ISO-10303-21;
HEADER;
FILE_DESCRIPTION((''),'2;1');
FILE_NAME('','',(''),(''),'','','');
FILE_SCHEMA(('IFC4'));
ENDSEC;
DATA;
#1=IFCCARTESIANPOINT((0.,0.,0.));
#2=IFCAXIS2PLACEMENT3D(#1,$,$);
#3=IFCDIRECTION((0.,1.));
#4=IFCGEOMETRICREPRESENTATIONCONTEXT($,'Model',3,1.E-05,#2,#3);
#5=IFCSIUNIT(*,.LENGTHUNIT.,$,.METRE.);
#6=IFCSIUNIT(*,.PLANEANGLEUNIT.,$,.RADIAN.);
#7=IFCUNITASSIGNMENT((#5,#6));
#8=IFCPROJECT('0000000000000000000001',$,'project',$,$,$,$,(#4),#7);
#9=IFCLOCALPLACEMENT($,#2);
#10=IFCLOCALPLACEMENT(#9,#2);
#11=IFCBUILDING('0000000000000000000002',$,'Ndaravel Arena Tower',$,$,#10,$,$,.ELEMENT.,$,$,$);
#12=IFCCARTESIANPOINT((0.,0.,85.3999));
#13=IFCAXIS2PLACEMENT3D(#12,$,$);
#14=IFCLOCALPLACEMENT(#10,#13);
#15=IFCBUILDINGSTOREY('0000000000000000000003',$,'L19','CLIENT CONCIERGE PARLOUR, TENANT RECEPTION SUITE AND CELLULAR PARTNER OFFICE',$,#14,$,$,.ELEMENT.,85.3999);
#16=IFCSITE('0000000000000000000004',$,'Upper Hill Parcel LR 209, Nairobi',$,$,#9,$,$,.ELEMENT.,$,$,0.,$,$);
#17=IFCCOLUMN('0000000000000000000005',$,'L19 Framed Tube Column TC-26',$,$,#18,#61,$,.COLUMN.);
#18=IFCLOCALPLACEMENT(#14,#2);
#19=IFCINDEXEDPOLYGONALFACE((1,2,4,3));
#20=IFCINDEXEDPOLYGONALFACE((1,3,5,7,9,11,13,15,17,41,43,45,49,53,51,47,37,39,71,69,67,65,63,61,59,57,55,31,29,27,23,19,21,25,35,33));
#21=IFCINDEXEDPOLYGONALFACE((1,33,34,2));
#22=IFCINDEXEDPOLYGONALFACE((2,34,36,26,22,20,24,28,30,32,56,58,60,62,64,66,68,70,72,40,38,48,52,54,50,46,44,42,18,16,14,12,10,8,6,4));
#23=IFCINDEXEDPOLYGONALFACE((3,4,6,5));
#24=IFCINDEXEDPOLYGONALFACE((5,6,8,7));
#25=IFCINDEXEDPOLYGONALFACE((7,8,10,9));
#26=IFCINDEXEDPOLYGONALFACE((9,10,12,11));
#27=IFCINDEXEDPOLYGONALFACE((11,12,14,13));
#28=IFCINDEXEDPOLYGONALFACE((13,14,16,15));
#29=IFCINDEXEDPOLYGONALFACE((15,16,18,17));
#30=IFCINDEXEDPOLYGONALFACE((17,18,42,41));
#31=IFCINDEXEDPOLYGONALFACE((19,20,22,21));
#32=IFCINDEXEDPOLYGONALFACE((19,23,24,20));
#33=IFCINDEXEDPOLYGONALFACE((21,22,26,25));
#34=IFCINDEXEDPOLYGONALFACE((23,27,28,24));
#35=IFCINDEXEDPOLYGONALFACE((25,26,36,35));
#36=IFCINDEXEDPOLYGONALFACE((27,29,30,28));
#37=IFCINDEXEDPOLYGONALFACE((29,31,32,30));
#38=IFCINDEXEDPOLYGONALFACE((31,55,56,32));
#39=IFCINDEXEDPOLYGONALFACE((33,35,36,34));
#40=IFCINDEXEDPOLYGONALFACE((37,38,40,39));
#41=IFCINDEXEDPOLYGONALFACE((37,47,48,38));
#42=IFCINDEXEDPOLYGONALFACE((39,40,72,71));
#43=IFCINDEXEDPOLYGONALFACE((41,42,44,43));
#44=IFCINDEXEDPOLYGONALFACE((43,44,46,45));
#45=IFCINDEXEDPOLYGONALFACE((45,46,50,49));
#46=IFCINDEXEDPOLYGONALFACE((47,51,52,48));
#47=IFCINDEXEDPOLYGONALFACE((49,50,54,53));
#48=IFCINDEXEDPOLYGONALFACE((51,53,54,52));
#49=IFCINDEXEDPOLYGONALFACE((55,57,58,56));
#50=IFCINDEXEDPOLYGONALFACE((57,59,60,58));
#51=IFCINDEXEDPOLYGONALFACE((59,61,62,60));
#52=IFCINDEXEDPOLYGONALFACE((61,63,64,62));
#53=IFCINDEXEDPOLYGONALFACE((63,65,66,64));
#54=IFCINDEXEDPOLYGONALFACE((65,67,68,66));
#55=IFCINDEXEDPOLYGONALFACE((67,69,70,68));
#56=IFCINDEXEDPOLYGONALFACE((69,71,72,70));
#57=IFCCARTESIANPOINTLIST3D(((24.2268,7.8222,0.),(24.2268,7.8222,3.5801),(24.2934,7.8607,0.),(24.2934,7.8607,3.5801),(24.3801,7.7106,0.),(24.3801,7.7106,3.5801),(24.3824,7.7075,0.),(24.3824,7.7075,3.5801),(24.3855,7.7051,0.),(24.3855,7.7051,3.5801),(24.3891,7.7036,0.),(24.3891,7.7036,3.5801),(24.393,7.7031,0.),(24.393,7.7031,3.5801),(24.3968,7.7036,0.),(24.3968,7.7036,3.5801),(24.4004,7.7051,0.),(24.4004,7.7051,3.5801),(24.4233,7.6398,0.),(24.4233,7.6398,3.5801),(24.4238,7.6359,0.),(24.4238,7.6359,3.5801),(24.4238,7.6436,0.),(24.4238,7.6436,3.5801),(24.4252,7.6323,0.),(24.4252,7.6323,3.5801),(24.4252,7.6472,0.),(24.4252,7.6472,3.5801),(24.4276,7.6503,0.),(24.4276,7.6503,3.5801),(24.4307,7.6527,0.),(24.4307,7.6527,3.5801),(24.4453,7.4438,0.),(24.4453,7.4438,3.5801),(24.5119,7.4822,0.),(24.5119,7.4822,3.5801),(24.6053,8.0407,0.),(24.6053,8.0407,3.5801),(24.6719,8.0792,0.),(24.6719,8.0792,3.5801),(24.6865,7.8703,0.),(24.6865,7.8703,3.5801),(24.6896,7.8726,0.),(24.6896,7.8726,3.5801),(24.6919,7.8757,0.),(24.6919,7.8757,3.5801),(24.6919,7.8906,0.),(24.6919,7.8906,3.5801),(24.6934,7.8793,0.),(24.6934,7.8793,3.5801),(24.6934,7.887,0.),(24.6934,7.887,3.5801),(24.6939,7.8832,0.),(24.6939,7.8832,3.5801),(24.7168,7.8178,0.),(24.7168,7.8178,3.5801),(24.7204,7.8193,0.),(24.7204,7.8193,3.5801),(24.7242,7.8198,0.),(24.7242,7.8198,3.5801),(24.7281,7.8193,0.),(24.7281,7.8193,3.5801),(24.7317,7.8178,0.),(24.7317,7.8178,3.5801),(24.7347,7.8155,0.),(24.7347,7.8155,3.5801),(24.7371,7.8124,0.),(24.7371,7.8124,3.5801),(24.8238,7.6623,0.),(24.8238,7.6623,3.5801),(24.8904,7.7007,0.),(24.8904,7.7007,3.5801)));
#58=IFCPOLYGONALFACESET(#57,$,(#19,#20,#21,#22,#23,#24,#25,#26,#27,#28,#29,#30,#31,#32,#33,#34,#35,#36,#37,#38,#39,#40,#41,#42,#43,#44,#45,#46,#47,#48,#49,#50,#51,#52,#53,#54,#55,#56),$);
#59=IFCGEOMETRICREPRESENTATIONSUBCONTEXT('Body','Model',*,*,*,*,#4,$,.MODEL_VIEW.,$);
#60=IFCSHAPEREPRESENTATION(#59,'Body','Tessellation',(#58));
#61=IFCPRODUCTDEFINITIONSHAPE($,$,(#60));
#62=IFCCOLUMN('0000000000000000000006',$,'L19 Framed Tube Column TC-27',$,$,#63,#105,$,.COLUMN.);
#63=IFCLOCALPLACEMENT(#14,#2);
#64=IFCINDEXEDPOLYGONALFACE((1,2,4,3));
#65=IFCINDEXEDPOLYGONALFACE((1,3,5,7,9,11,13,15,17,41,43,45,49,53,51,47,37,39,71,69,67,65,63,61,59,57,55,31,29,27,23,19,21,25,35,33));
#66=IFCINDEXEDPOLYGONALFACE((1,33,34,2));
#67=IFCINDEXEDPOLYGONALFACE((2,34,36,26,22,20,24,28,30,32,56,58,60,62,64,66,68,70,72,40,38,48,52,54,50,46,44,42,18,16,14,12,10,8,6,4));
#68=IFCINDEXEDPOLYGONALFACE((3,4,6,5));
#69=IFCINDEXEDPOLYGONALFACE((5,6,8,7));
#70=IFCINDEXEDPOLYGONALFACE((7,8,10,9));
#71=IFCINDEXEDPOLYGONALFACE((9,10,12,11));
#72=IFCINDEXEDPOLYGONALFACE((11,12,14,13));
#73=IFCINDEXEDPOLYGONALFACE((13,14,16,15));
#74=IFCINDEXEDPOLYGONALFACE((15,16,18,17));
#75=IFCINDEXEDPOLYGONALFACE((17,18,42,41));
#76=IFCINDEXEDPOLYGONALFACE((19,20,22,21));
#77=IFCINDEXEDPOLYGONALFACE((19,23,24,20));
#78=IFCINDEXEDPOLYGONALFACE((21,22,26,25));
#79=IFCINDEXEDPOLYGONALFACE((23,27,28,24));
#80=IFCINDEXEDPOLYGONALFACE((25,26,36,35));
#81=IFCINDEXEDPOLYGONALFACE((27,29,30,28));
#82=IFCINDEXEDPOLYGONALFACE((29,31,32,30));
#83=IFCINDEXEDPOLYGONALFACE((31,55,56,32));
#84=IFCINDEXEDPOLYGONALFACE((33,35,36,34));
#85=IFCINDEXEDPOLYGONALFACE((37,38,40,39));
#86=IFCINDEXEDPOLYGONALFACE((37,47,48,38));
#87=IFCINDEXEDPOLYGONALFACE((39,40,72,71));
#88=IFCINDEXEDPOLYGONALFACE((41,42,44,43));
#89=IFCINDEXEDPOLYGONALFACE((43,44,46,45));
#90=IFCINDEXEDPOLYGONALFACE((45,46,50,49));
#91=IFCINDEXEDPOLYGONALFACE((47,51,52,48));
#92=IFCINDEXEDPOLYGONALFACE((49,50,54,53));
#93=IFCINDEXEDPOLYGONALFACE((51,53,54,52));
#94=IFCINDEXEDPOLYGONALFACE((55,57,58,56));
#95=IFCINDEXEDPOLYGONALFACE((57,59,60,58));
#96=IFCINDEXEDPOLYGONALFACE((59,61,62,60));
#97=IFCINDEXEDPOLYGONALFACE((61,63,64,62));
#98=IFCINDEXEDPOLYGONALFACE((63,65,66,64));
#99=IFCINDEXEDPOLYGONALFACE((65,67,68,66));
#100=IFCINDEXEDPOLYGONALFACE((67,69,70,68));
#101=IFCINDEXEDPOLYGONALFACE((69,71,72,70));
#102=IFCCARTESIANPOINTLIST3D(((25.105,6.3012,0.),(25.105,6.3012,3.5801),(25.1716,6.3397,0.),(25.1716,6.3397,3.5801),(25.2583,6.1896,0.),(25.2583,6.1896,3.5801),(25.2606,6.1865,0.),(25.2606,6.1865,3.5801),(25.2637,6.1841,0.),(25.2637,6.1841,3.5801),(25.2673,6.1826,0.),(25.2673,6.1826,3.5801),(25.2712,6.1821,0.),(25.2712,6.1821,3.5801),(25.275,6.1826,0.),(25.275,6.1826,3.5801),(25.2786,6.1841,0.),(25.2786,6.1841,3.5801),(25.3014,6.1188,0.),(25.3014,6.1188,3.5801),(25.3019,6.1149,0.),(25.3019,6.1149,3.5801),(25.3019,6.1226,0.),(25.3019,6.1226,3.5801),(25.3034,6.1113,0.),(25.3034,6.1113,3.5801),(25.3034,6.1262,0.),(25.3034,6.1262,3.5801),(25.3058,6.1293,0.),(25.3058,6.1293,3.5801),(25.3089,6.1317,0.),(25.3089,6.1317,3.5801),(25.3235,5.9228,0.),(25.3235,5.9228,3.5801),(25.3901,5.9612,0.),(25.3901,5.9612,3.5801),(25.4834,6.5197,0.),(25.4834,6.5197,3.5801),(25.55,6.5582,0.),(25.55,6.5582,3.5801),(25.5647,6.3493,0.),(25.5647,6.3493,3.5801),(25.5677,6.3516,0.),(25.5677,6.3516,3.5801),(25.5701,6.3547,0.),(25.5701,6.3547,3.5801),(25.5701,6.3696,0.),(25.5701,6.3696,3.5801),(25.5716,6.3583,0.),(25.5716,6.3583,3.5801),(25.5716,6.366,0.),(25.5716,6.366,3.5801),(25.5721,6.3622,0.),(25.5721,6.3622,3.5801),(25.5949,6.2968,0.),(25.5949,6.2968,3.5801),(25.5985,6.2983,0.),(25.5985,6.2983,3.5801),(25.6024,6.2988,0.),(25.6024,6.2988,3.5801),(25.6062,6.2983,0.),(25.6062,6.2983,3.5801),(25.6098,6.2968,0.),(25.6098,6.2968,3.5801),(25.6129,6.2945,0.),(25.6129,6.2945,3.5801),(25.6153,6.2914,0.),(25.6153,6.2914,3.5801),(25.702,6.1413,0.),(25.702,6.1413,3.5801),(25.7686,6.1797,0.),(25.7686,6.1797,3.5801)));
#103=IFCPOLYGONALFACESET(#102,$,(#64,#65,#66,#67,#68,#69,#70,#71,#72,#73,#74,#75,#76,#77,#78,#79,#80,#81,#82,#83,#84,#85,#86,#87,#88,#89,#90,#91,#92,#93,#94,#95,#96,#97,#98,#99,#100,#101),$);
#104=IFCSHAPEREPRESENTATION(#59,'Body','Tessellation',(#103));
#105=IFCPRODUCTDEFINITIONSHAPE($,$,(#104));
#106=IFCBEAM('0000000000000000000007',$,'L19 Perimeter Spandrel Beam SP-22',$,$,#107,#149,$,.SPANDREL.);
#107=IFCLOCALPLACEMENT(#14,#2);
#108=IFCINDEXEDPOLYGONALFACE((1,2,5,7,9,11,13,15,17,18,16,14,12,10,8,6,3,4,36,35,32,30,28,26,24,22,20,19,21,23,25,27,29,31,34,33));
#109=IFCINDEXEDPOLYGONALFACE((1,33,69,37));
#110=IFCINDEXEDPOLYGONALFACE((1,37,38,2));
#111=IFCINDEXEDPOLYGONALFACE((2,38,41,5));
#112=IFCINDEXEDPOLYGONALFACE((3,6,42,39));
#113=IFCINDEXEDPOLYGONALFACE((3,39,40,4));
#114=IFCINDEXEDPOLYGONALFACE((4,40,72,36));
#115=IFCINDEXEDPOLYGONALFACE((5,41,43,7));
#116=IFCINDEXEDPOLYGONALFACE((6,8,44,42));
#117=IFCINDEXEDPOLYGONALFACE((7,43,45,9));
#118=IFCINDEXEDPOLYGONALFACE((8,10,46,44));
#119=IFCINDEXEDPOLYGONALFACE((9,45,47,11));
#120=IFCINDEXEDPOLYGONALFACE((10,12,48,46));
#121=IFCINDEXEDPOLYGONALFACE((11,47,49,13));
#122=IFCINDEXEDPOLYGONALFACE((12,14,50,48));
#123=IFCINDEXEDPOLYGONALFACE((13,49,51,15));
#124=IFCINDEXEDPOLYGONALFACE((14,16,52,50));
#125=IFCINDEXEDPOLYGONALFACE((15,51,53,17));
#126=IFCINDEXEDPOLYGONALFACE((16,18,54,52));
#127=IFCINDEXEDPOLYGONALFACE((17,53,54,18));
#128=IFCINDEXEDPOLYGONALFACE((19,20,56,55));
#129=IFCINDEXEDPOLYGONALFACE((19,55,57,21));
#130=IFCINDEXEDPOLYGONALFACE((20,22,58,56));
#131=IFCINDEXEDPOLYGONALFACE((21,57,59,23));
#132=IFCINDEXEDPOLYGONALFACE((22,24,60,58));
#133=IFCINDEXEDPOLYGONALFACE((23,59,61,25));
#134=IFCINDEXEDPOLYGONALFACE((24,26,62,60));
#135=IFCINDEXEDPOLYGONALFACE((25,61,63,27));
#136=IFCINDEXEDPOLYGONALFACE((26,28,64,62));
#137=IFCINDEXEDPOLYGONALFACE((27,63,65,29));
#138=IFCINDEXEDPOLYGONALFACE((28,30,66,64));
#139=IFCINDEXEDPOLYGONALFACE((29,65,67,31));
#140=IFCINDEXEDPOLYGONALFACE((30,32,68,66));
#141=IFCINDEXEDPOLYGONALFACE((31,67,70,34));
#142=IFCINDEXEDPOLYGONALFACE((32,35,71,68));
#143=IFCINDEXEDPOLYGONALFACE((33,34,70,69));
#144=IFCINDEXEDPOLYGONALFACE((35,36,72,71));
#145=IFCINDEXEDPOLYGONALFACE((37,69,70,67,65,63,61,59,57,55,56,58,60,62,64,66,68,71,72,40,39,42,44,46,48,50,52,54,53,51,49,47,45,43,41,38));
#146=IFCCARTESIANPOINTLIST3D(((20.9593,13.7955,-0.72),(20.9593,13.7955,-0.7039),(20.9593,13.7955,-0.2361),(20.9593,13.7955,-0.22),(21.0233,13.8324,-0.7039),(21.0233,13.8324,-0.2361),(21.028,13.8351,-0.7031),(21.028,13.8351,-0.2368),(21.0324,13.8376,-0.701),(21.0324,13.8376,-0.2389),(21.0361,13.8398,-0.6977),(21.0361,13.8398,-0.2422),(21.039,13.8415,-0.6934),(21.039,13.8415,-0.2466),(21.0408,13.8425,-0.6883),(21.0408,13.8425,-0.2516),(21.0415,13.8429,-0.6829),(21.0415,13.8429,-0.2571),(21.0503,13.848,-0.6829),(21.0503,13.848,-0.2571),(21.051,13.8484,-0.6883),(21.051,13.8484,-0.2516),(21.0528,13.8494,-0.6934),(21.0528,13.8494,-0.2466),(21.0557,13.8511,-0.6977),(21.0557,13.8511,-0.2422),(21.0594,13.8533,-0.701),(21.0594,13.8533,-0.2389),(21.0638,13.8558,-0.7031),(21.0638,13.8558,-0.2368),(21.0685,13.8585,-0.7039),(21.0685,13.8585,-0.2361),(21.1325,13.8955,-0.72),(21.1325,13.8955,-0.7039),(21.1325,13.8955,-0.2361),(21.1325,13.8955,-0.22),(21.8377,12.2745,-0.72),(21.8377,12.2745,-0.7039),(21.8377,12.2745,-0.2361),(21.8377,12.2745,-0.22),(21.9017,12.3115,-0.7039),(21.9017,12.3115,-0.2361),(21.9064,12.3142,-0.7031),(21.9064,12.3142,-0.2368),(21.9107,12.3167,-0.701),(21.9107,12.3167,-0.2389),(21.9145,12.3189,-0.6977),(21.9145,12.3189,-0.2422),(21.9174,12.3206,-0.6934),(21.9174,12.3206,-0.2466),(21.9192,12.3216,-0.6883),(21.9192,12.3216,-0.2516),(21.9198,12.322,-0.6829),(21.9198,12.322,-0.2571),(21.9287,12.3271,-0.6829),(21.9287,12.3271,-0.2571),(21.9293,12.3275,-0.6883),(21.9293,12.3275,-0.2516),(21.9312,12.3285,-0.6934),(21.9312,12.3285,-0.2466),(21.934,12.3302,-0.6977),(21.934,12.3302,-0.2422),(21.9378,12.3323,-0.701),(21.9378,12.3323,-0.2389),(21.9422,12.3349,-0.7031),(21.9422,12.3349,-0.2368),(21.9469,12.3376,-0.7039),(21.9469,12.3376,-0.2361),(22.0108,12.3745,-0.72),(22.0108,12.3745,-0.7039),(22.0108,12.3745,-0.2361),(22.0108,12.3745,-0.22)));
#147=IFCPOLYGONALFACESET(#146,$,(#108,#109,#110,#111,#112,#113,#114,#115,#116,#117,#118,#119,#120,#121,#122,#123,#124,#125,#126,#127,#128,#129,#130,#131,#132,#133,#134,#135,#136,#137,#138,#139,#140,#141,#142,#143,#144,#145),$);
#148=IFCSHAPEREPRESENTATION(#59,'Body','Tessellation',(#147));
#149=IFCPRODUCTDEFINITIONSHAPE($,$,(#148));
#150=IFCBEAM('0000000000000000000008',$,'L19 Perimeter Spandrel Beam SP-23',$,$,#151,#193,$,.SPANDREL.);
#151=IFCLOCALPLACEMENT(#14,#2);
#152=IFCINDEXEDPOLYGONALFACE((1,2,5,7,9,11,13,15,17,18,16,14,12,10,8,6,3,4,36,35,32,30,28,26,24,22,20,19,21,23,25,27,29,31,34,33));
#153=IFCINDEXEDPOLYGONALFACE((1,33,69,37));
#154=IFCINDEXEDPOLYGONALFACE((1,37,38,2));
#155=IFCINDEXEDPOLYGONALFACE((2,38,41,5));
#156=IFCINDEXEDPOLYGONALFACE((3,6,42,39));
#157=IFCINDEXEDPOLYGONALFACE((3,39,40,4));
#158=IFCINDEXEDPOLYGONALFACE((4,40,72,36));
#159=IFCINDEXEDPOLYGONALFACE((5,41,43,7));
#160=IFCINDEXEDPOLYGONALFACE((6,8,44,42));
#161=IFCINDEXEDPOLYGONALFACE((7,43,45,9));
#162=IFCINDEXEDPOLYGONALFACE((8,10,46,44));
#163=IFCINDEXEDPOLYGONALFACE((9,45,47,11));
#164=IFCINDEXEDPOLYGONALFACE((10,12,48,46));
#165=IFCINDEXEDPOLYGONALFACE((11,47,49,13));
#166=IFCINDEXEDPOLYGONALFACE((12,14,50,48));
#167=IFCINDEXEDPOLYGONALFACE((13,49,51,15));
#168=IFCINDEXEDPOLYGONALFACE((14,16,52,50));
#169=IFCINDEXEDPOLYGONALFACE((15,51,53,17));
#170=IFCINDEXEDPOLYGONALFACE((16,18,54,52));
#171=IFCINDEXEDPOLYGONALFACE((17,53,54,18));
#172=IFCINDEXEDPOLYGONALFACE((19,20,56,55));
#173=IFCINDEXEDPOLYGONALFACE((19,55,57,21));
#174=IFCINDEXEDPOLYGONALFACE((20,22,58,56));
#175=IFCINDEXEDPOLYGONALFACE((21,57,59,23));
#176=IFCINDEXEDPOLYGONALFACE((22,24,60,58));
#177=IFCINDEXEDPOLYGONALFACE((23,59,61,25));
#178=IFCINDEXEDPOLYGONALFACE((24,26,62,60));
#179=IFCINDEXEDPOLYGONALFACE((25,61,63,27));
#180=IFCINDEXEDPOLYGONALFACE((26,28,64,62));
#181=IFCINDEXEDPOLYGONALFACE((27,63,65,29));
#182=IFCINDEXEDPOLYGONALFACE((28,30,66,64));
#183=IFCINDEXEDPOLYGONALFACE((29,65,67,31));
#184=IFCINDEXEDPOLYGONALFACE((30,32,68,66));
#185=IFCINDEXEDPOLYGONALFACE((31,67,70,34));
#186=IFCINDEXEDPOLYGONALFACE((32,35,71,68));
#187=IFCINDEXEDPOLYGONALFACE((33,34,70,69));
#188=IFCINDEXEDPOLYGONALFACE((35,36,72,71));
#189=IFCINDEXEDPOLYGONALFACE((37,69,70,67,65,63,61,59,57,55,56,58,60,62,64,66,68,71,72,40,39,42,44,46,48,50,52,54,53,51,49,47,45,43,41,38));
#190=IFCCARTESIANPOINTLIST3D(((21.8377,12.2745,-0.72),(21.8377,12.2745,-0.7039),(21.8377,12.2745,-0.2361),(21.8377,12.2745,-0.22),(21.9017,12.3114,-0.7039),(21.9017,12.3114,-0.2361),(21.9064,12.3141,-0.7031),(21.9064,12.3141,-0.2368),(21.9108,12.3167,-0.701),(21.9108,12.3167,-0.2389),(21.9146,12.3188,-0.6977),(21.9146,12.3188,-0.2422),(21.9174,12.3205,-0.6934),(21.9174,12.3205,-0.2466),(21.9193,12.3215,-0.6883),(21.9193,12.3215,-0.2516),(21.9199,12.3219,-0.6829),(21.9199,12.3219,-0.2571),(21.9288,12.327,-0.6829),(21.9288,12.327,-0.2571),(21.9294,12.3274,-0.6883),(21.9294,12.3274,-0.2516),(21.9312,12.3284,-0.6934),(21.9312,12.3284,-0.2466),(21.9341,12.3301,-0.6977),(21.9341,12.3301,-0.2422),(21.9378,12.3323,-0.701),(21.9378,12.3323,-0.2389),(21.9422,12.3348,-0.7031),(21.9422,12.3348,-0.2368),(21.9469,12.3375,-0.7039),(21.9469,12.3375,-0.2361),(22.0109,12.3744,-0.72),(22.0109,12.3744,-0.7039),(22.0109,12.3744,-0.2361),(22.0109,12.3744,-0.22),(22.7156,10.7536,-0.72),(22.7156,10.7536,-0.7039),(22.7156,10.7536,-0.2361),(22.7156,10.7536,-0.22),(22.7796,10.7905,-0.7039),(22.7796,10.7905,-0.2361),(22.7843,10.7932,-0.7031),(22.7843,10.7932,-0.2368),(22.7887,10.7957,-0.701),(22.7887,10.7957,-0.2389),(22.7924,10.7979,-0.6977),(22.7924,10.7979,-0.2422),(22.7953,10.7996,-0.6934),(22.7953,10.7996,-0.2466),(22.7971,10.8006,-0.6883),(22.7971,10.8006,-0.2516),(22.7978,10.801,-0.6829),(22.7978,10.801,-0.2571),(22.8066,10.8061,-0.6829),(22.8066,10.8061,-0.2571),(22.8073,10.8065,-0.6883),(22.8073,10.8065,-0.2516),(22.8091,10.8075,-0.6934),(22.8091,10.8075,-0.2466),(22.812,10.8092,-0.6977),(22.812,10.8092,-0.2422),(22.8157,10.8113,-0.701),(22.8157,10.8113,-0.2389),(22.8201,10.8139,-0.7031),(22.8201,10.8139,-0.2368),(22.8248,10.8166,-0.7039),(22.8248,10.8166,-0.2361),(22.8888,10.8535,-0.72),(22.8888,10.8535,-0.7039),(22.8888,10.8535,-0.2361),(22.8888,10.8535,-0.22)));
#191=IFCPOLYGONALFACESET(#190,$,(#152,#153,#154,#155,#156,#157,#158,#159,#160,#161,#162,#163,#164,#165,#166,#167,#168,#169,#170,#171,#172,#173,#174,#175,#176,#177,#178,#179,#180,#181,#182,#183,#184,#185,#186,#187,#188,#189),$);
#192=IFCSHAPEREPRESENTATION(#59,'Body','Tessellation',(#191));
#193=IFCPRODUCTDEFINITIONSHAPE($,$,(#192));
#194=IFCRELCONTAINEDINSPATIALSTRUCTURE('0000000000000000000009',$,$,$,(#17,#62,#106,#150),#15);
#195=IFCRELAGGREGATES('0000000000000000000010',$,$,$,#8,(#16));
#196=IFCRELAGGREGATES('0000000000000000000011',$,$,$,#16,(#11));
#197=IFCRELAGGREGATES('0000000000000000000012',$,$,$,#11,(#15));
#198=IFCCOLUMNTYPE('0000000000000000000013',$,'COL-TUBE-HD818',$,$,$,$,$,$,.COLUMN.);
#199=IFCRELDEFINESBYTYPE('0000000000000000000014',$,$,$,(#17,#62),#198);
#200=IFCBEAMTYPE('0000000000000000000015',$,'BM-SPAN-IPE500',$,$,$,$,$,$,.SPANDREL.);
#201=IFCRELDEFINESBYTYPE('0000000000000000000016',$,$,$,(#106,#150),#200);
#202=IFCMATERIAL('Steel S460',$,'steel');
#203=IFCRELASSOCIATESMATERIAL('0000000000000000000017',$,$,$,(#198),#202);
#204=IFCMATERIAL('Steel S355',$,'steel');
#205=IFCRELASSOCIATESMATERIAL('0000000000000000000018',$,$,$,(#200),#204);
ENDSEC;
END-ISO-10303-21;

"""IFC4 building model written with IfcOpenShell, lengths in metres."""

from ifc_helpers import new_model, si_unit, direction, frame, origin, origin_2d, place, context, subcontext, project, spatial, i_section, extrude, material, material_profile, profile_set, type_object, element, save


model = new_model("IFC4")

# Units and contexts
model_context = context("Model", 3, precision=1e-05, world=origin(), true_north=direction((0.0, 1.0)))
body_context = subcontext(model_context, "Body", "Model", "MODEL_VIEW")
ifc_project = project(units=[si_unit("LENGTHUNIT", "METRE"), si_unit("PLANEANGLEUNIT", "RADIAN")], contexts=[model_context])

# Site, building, storey
site_placement = place(None, origin())
site = spatial("IfcSite", under=ifc_project, at=site_placement, Name="Upper Hill Parcel LR 209, Nairobi", CompositionType="ELEMENT", RefElevation=0.0)
building_placement = place(site_placement, origin())
building = spatial("IfcBuilding", under=site, at=building_placement, Name="Ndaravel Arena Tower", CompositionType="ELEMENT")
storey_placement = place(building_placement, frame((0.0, 0.0, 85.3999)))
storey = spatial("IfcBuildingStorey", under=building, at=storey_placement, Name="L19", Description="CLIENT CONCIERGE PARLOUR, TENANT RECEPTION SUITE AND CELLULAR PARTNER OFFICE", CompositionType="ELEMENT", Elevation=85.3999)

# Columns
ifc_material_1 = material(Name="Steel S460", Category="steel")
ifc_material_profile_1 = material_profile(ifc_material_1, i_section(OverallWidth=0.437, OverallDepth=0.5139, WebThickness=0.0605, FlangeThickness=0.0769, FilletRadius=0.0149, at=origin_2d()), Name="HD 400x818")
ifc_profile_set_1 = profile_set([ifc_material_profile_1], Name="Steel S460")
column_type = type_object("IfcColumnType", Name="COL-TUBE-HD818", PredefinedType="COLUMN", material=ifc_profile_set_1)
for number, where, z_axis, x_axis, name in (
    (1, (24.5586, 7.7615, 0.0), (0.0, 0.0, 1.0), (-0.5, 0.866025, 0.0), "L19 Framed Tube Column TC-26"),
    (2, (25.4368, 6.2405, 0.0), (0.0, 0.0, 1.0), (-0.5, 0.866025, 0.0), "L19 Framed Tube Column TC-27"),
):
    element("IfcColumn", number, at=place(storey_placement, frame(where, z_axis=z_axis, x_axis=x_axis)), inside=storey, type_object=column_type, Name=name, PredefinedType="COLUMN", context=body_context, shape_type="SweptSolid", body=[
        extrude(i_section(OverallWidth=0.437, OverallDepth=0.5139, WebThickness=0.0605, FlangeThickness=0.0769, FilletRadius=0.0149, at=origin_2d()), origin(), (0.0, 0.0, 1.0), 3.5801),
    ])

# Beams
ifc_material_2 = material(Name="Steel S355", Category="steel")
ifc_material_profile_2 = material_profile(ifc_material_2, i_section(OverallWidth=0.2, OverallDepth=0.5, WebThickness=0.0103, FlangeThickness=0.0161, FilletRadius=0.021, at=origin_2d()), Name="IPE 500")
ifc_profile_set_2 = profile_set([ifc_material_profile_2], Name="Steel S355")
beam_type = type_object("IfcBeamType", Name="BM-SPAN-IPE500", PredefinedType="SPANDREL", material=ifc_profile_set_2)
beam_1_placement = place(storey_placement, frame((21.0459, 13.8455, -0.47), z_axis=(0.500115, -0.865959, 0.0), x_axis=(0.865959, 0.500115, 0.0)))
element("IfcBeam", 3, at=beam_1_placement, inside=storey, type_object=beam_type, Name="L19 Perimeter Spandrel Beam SP-22", PredefinedType="SPANDREL", context=body_context, shape_type="SweptSolid", body=[
    extrude(i_section(OverallWidth=0.2, OverallDepth=0.5, WebThickness=0.0103, FlangeThickness=0.0161, FilletRadius=0.021, at=origin_2d()), origin(), (0.0, 0.0, 1.0), 1.7563),
])
beam_2_placement = place(storey_placement, frame((21.9243, 12.3245, -0.47), z_axis=(0.499907, -0.866079, 0.0), x_axis=(0.866079, 0.499907, 0.0)))
element("IfcBeam", 4, at=beam_2_placement, inside=storey, type_object=beam_type, Name="L19 Perimeter Spandrel Beam SP-23", PredefinedType="SPANDREL", context=body_context, shape_type="SweptSolid", body=[
    extrude(i_section(OverallWidth=0.2, OverallDepth=0.5, WebThickness=0.0103, FlangeThickness=0.0161, FilletRadius=0.021, at=origin_2d()), origin(), (0.0, 0.0, 1.0), 1.7561),
])

save(model, "model.ifc")
